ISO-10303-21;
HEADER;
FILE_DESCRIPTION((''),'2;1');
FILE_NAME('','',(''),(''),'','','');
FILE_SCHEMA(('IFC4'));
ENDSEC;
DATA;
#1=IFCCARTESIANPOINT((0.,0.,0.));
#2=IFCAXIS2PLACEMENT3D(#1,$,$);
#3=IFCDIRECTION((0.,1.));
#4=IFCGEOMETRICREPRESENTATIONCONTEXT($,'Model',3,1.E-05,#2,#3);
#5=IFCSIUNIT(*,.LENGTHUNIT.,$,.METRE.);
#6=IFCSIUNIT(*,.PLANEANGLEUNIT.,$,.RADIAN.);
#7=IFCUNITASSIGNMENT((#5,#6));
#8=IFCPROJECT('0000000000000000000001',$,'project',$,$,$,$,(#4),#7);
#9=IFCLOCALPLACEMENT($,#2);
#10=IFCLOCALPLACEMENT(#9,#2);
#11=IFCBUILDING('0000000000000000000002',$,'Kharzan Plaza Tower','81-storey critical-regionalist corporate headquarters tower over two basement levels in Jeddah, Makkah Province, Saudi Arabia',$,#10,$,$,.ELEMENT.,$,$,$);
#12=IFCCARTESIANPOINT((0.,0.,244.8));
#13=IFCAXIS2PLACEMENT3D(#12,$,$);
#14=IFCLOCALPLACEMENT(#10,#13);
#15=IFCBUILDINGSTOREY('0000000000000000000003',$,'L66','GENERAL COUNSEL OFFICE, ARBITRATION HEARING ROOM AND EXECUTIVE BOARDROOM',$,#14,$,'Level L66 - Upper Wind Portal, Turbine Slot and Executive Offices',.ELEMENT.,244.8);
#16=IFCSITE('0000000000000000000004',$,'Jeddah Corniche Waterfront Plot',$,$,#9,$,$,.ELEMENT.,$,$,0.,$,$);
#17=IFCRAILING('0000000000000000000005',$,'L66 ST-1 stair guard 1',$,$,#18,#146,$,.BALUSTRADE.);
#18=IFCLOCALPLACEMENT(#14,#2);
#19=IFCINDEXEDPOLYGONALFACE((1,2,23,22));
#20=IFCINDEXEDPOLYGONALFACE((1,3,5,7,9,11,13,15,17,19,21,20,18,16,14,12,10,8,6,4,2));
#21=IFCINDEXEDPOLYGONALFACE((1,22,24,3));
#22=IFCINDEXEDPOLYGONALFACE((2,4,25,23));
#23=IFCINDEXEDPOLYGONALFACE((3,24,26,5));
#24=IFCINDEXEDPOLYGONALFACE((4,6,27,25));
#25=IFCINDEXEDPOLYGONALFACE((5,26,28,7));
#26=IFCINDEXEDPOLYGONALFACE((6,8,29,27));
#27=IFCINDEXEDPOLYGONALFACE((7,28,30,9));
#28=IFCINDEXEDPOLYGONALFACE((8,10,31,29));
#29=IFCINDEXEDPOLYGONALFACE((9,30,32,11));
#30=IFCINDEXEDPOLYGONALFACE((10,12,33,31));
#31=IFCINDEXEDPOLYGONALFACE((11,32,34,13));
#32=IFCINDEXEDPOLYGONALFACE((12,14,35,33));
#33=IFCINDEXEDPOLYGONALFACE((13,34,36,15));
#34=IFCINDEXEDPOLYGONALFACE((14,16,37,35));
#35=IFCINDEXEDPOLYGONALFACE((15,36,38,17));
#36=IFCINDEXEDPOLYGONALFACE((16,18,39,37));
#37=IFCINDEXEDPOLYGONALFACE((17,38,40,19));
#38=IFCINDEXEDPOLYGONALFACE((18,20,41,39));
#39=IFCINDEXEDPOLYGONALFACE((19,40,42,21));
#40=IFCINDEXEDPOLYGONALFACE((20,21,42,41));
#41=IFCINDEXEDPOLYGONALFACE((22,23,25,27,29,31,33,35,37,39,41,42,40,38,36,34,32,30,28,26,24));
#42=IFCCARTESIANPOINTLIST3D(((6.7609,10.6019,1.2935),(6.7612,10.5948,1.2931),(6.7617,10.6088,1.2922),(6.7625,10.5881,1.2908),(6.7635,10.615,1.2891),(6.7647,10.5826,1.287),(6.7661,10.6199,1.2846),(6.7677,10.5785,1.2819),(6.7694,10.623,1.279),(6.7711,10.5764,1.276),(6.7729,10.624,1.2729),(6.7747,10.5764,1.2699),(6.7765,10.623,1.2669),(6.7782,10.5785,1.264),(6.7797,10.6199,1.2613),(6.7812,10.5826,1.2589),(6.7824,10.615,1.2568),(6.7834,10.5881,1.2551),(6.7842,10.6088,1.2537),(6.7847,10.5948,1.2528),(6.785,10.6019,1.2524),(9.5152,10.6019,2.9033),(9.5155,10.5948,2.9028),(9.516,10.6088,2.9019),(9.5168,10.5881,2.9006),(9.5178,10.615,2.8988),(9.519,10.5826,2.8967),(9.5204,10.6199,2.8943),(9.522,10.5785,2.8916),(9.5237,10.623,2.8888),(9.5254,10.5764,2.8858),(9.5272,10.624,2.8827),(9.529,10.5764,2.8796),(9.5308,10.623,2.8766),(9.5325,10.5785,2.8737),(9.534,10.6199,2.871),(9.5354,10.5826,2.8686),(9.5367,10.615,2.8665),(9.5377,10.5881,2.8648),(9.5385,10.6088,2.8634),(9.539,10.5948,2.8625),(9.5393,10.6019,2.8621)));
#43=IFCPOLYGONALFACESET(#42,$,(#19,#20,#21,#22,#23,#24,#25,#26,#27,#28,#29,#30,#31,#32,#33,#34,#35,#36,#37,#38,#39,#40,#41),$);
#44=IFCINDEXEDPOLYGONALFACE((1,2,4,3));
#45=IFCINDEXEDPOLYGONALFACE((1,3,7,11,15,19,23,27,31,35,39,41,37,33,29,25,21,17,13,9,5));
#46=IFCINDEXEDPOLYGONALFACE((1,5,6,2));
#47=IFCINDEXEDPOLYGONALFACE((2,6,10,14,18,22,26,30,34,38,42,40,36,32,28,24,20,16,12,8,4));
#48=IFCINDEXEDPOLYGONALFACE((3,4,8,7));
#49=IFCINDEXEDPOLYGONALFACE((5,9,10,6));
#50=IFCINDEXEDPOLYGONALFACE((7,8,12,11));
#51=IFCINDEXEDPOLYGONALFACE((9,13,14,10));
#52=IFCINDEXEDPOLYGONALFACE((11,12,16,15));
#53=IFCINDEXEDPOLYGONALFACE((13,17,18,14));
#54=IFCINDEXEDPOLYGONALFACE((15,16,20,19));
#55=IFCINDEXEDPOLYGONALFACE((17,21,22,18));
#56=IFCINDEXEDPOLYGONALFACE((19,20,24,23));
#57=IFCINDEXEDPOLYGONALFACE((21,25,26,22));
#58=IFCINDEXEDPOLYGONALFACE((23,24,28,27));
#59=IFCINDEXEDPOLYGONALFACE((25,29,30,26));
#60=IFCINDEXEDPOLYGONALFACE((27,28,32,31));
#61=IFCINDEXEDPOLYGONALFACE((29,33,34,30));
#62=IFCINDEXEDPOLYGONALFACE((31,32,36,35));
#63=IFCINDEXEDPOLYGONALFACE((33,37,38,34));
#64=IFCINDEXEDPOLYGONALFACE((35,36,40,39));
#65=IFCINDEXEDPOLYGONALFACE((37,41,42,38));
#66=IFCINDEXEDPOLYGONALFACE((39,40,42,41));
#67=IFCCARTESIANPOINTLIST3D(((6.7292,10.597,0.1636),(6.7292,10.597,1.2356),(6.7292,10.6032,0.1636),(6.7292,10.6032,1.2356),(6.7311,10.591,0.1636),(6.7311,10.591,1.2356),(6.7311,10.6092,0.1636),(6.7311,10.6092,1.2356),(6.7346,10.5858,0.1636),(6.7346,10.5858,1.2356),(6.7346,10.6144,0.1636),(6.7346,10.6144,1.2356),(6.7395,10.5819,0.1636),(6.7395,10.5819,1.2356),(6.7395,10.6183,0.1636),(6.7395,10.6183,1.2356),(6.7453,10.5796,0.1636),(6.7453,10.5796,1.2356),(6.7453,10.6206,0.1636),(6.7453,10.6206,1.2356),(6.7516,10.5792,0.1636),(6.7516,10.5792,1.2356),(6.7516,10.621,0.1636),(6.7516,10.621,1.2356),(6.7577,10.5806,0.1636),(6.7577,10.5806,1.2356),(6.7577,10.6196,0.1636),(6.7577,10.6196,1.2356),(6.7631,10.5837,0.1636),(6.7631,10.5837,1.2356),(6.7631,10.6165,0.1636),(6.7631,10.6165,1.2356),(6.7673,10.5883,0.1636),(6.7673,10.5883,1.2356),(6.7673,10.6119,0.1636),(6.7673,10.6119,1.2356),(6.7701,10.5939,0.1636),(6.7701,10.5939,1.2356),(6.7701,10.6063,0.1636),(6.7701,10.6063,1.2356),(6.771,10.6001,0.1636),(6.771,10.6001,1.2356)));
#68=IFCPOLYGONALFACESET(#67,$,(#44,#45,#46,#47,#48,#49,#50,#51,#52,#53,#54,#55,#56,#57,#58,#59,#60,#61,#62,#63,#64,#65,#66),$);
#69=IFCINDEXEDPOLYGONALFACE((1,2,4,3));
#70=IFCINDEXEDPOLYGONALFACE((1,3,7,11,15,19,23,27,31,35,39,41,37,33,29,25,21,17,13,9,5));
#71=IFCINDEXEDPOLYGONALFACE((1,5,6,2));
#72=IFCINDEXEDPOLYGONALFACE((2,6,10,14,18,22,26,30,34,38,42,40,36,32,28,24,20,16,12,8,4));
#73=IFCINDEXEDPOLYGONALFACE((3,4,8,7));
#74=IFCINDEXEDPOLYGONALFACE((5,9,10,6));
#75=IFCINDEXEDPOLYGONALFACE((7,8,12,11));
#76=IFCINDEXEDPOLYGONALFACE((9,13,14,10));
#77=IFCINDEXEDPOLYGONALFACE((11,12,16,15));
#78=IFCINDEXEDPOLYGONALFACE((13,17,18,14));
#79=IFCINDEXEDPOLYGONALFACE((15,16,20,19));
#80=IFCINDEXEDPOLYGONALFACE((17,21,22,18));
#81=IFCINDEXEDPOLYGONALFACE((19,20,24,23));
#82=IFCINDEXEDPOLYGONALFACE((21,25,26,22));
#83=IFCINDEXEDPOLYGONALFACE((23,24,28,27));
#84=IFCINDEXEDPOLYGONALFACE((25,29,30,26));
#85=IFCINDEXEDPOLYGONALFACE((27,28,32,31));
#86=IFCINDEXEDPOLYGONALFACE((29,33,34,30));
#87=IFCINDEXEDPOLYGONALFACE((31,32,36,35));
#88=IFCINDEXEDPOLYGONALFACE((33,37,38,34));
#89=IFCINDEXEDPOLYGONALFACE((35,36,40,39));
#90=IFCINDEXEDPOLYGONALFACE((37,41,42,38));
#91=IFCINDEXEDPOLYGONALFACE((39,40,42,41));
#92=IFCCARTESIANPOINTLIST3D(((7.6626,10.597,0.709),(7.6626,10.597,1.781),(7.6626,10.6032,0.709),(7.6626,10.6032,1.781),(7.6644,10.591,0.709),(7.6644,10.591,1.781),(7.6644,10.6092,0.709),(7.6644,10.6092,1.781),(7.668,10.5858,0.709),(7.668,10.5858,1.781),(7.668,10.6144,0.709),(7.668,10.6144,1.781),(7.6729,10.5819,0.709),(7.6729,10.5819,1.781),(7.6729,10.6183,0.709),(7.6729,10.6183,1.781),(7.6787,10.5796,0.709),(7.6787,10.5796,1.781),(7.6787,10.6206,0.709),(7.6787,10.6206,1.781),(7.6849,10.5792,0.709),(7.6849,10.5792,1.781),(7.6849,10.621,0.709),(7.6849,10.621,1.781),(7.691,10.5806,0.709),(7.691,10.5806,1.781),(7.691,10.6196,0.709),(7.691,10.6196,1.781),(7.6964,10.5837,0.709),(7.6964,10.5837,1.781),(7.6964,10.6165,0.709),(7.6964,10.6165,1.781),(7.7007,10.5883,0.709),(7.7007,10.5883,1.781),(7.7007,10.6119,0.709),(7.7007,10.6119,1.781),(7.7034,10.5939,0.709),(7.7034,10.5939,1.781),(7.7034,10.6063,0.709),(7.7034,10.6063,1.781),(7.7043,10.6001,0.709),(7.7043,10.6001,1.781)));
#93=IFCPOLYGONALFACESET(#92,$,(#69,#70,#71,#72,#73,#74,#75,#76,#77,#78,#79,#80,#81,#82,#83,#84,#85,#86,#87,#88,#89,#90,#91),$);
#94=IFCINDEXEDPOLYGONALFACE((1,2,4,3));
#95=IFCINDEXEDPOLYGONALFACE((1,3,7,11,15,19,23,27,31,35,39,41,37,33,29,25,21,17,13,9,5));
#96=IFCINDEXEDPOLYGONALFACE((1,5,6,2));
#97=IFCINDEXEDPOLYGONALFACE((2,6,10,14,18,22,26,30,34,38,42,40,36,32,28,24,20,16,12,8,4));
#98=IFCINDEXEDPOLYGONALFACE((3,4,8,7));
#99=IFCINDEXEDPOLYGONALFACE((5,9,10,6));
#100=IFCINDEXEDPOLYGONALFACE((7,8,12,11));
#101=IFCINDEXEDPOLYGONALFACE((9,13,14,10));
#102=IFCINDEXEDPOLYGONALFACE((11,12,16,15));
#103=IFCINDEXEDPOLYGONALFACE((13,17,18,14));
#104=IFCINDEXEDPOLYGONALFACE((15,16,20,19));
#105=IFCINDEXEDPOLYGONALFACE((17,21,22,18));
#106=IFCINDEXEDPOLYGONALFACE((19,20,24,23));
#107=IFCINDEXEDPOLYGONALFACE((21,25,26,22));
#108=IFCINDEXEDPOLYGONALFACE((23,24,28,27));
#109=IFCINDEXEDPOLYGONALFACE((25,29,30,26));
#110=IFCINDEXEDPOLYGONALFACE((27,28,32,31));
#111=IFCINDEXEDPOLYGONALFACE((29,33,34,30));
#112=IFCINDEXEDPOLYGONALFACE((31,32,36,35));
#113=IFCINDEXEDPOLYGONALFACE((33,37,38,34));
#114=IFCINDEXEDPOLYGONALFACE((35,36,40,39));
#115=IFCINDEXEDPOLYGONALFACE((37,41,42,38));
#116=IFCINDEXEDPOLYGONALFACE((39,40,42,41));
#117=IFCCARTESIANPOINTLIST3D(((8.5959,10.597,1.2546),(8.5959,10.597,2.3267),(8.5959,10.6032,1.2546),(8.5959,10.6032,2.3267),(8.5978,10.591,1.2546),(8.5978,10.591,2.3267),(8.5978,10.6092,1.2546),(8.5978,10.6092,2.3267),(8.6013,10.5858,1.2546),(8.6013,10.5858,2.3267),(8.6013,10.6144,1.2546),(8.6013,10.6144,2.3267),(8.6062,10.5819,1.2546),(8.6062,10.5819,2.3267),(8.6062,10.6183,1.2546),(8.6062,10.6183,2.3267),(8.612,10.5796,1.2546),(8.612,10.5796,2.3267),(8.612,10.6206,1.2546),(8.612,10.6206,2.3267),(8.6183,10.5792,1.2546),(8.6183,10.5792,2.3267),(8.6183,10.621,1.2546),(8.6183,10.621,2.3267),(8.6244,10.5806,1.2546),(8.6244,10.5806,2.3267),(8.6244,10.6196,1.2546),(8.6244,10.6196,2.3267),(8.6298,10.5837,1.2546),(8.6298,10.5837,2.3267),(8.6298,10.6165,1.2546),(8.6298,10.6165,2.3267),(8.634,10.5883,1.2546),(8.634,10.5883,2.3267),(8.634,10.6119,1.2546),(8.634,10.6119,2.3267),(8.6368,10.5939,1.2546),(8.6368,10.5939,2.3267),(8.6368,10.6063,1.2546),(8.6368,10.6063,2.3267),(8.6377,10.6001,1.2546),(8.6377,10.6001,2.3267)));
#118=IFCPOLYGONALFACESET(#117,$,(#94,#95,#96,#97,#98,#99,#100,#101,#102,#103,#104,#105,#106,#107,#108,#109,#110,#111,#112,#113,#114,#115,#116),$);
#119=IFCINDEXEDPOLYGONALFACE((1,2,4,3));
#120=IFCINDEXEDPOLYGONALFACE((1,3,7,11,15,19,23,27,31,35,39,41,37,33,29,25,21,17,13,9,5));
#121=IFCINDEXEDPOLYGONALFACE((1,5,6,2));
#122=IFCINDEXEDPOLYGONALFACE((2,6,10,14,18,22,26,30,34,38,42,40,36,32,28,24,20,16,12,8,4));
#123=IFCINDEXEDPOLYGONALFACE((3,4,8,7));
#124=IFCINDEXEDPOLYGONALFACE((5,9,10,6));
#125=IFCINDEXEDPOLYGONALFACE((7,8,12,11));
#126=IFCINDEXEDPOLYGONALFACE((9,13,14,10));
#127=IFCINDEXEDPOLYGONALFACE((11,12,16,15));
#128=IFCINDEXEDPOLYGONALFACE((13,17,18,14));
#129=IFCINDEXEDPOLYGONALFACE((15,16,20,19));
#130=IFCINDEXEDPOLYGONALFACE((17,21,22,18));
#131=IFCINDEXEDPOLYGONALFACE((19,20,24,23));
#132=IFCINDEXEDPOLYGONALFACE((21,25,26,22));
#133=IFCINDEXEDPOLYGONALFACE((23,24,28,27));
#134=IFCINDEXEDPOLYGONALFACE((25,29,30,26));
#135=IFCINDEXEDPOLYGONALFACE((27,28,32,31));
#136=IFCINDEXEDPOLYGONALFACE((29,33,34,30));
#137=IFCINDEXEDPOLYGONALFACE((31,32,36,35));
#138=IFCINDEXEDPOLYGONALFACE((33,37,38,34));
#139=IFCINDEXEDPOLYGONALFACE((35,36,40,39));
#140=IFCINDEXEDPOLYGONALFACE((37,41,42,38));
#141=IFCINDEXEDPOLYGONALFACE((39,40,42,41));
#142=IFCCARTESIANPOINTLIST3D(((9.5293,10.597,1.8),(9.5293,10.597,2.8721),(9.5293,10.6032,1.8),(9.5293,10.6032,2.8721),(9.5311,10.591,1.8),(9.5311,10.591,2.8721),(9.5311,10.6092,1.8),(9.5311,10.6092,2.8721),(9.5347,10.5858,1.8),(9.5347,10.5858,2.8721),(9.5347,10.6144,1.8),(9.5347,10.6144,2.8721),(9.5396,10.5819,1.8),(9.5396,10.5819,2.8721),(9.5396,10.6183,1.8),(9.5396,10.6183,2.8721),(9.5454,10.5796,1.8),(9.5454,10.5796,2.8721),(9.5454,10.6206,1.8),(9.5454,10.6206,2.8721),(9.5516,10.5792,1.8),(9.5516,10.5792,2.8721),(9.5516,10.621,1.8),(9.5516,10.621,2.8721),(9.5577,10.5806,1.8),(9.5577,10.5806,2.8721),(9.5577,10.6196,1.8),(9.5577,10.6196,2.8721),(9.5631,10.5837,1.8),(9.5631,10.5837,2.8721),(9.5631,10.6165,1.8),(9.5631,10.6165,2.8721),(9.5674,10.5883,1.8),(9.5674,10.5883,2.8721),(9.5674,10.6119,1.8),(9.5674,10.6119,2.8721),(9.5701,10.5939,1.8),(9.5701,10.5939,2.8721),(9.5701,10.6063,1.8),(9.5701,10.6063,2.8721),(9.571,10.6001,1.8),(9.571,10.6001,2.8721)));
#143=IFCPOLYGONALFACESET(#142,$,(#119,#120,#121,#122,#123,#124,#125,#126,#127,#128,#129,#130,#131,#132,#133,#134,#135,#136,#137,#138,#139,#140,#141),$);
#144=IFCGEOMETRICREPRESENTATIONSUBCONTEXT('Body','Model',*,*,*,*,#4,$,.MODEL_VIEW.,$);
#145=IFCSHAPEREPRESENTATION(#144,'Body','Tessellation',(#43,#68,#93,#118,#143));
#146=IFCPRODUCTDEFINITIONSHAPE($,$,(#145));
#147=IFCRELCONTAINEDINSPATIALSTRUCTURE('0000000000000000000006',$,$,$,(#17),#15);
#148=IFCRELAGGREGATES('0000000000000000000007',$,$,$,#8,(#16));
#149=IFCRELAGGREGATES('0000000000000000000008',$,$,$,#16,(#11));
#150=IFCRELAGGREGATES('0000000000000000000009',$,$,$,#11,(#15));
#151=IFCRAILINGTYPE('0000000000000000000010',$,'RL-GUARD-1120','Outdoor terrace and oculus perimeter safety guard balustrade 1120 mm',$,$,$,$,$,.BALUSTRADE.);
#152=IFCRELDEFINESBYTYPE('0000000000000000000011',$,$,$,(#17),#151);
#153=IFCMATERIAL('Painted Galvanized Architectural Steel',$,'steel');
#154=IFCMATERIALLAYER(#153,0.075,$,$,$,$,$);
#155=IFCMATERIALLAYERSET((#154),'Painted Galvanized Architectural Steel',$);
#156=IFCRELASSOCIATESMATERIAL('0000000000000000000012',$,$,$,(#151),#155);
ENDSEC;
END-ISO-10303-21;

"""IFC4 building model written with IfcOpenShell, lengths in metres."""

from ifc_helpers import new_model, si_unit, direction, frame, origin, origin_2d, place, context, subcontext, project, spatial, circle, extrude, source, transform, mapped, material, layer, layer_set, type_object, element, save


model = new_model("IFC4")

# Units and contexts
model_context = context("Model", 3, precision=1e-05, world=origin(), true_north=direction((0.0, 1.0)))
body_context = subcontext(model_context, "Body", "Model", "MODEL_VIEW")
ifc_project = project(units=[si_unit("LENGTHUNIT", "METRE"), si_unit("PLANEANGLEUNIT", "RADIAN")], contexts=[model_context])

# Site, building, storey
site_placement = place(None, origin())
site = spatial("IfcSite", under=ifc_project, at=site_placement, Name="Jeddah Corniche Waterfront Plot", CompositionType="ELEMENT", RefElevation=0.0)
building_placement = place(site_placement, origin())
building = spatial("IfcBuilding", under=site, at=building_placement, Name="Kharzan Plaza Tower", Description="81-storey critical-regionalist corporate headquarters tower over two basement levels in Jeddah, Makkah Province, Saudi Arabia", CompositionType="ELEMENT")
storey_placement = place(building_placement, frame((0.0, 0.0, 244.8)))
storey = spatial("IfcBuildingStorey", under=building, at=storey_placement, Name="L66", Description="GENERAL COUNSEL OFFICE, ARBITRATION HEARING ROOM AND EXECUTIVE BOARDROOM", LongName="Level L66 - Upper Wind Portal, Turbine Slot and Executive Offices", CompositionType="ELEMENT", Elevation=244.8)

# Shared definitions
ifc_material_1 = material(Name="Painted Galvanized Architectural Steel", Category="steel")
ifc_layer_1 = layer(ifc_material_1, 0.075)
ifc_layer_set_1 = layer_set([ifc_layer_1], Name="Painted Galvanized Architectural Steel")
railing_type_1 = type_object("IfcRailingType", Name="RL-GUARD-1120", Description="Outdoor terrace and oculus perimeter safety guard balustrade 1120 mm", PredefinedType="BALUSTRADE", material=ifc_layer_set_1)

# Railing
shared_shape_1 = source(origin(), body_context, "Body", "SweptSolid", [
    extrude(circle(Radius=0.0239, at=origin_2d()), frame((0.0229, 0.0, 1.1094), z_axis=(0.863361, 0.0, 0.504587), x_axis=(0.0, 1.0, 0.0)), (0.0, 0.0, 1.0), 3.1902),
    extrude(circle(Radius=0.021, at=origin_2d()), origin(), (0.0, 0.0, 1.0), 1.072),
    extrude(circle(Radius=0.021, at=origin_2d()), frame((0.9333, 0.0, 0.5454)), (0.0, 0.0, 1.0), 1.072),
    extrude(circle(Radius=0.021, at=origin_2d()), frame((1.8667, 0.0, 1.0911)), (0.0, 0.0, 1.0), 1.072),
    extrude(circle(Radius=0.021, at=origin_2d()), frame((2.8, 0.0, 1.6365)), (0.0, 0.0, 1.0), 1.072),
])
railing_1_placement = place(storey_placement, frame((6.75, 10.6001, 0.1636)))
element("IfcRailing", 1, at=railing_1_placement, inside=storey, type_object=railing_type_1, Name="L66 ST-1 stair guard 1", PredefinedType="BALUSTRADE", context=body_context, shape_type="MappedRepresentation", body=[
    mapped(shared_shape_1, transform((0.0, 0.0, 0.0), x_axis=(1.0, 0.0, 0.0), y_axis=(0.0, 1.0, 0.0), z_axis=(0.0, 0.0, 1.0))),
])

save(model, "model.ifc")
